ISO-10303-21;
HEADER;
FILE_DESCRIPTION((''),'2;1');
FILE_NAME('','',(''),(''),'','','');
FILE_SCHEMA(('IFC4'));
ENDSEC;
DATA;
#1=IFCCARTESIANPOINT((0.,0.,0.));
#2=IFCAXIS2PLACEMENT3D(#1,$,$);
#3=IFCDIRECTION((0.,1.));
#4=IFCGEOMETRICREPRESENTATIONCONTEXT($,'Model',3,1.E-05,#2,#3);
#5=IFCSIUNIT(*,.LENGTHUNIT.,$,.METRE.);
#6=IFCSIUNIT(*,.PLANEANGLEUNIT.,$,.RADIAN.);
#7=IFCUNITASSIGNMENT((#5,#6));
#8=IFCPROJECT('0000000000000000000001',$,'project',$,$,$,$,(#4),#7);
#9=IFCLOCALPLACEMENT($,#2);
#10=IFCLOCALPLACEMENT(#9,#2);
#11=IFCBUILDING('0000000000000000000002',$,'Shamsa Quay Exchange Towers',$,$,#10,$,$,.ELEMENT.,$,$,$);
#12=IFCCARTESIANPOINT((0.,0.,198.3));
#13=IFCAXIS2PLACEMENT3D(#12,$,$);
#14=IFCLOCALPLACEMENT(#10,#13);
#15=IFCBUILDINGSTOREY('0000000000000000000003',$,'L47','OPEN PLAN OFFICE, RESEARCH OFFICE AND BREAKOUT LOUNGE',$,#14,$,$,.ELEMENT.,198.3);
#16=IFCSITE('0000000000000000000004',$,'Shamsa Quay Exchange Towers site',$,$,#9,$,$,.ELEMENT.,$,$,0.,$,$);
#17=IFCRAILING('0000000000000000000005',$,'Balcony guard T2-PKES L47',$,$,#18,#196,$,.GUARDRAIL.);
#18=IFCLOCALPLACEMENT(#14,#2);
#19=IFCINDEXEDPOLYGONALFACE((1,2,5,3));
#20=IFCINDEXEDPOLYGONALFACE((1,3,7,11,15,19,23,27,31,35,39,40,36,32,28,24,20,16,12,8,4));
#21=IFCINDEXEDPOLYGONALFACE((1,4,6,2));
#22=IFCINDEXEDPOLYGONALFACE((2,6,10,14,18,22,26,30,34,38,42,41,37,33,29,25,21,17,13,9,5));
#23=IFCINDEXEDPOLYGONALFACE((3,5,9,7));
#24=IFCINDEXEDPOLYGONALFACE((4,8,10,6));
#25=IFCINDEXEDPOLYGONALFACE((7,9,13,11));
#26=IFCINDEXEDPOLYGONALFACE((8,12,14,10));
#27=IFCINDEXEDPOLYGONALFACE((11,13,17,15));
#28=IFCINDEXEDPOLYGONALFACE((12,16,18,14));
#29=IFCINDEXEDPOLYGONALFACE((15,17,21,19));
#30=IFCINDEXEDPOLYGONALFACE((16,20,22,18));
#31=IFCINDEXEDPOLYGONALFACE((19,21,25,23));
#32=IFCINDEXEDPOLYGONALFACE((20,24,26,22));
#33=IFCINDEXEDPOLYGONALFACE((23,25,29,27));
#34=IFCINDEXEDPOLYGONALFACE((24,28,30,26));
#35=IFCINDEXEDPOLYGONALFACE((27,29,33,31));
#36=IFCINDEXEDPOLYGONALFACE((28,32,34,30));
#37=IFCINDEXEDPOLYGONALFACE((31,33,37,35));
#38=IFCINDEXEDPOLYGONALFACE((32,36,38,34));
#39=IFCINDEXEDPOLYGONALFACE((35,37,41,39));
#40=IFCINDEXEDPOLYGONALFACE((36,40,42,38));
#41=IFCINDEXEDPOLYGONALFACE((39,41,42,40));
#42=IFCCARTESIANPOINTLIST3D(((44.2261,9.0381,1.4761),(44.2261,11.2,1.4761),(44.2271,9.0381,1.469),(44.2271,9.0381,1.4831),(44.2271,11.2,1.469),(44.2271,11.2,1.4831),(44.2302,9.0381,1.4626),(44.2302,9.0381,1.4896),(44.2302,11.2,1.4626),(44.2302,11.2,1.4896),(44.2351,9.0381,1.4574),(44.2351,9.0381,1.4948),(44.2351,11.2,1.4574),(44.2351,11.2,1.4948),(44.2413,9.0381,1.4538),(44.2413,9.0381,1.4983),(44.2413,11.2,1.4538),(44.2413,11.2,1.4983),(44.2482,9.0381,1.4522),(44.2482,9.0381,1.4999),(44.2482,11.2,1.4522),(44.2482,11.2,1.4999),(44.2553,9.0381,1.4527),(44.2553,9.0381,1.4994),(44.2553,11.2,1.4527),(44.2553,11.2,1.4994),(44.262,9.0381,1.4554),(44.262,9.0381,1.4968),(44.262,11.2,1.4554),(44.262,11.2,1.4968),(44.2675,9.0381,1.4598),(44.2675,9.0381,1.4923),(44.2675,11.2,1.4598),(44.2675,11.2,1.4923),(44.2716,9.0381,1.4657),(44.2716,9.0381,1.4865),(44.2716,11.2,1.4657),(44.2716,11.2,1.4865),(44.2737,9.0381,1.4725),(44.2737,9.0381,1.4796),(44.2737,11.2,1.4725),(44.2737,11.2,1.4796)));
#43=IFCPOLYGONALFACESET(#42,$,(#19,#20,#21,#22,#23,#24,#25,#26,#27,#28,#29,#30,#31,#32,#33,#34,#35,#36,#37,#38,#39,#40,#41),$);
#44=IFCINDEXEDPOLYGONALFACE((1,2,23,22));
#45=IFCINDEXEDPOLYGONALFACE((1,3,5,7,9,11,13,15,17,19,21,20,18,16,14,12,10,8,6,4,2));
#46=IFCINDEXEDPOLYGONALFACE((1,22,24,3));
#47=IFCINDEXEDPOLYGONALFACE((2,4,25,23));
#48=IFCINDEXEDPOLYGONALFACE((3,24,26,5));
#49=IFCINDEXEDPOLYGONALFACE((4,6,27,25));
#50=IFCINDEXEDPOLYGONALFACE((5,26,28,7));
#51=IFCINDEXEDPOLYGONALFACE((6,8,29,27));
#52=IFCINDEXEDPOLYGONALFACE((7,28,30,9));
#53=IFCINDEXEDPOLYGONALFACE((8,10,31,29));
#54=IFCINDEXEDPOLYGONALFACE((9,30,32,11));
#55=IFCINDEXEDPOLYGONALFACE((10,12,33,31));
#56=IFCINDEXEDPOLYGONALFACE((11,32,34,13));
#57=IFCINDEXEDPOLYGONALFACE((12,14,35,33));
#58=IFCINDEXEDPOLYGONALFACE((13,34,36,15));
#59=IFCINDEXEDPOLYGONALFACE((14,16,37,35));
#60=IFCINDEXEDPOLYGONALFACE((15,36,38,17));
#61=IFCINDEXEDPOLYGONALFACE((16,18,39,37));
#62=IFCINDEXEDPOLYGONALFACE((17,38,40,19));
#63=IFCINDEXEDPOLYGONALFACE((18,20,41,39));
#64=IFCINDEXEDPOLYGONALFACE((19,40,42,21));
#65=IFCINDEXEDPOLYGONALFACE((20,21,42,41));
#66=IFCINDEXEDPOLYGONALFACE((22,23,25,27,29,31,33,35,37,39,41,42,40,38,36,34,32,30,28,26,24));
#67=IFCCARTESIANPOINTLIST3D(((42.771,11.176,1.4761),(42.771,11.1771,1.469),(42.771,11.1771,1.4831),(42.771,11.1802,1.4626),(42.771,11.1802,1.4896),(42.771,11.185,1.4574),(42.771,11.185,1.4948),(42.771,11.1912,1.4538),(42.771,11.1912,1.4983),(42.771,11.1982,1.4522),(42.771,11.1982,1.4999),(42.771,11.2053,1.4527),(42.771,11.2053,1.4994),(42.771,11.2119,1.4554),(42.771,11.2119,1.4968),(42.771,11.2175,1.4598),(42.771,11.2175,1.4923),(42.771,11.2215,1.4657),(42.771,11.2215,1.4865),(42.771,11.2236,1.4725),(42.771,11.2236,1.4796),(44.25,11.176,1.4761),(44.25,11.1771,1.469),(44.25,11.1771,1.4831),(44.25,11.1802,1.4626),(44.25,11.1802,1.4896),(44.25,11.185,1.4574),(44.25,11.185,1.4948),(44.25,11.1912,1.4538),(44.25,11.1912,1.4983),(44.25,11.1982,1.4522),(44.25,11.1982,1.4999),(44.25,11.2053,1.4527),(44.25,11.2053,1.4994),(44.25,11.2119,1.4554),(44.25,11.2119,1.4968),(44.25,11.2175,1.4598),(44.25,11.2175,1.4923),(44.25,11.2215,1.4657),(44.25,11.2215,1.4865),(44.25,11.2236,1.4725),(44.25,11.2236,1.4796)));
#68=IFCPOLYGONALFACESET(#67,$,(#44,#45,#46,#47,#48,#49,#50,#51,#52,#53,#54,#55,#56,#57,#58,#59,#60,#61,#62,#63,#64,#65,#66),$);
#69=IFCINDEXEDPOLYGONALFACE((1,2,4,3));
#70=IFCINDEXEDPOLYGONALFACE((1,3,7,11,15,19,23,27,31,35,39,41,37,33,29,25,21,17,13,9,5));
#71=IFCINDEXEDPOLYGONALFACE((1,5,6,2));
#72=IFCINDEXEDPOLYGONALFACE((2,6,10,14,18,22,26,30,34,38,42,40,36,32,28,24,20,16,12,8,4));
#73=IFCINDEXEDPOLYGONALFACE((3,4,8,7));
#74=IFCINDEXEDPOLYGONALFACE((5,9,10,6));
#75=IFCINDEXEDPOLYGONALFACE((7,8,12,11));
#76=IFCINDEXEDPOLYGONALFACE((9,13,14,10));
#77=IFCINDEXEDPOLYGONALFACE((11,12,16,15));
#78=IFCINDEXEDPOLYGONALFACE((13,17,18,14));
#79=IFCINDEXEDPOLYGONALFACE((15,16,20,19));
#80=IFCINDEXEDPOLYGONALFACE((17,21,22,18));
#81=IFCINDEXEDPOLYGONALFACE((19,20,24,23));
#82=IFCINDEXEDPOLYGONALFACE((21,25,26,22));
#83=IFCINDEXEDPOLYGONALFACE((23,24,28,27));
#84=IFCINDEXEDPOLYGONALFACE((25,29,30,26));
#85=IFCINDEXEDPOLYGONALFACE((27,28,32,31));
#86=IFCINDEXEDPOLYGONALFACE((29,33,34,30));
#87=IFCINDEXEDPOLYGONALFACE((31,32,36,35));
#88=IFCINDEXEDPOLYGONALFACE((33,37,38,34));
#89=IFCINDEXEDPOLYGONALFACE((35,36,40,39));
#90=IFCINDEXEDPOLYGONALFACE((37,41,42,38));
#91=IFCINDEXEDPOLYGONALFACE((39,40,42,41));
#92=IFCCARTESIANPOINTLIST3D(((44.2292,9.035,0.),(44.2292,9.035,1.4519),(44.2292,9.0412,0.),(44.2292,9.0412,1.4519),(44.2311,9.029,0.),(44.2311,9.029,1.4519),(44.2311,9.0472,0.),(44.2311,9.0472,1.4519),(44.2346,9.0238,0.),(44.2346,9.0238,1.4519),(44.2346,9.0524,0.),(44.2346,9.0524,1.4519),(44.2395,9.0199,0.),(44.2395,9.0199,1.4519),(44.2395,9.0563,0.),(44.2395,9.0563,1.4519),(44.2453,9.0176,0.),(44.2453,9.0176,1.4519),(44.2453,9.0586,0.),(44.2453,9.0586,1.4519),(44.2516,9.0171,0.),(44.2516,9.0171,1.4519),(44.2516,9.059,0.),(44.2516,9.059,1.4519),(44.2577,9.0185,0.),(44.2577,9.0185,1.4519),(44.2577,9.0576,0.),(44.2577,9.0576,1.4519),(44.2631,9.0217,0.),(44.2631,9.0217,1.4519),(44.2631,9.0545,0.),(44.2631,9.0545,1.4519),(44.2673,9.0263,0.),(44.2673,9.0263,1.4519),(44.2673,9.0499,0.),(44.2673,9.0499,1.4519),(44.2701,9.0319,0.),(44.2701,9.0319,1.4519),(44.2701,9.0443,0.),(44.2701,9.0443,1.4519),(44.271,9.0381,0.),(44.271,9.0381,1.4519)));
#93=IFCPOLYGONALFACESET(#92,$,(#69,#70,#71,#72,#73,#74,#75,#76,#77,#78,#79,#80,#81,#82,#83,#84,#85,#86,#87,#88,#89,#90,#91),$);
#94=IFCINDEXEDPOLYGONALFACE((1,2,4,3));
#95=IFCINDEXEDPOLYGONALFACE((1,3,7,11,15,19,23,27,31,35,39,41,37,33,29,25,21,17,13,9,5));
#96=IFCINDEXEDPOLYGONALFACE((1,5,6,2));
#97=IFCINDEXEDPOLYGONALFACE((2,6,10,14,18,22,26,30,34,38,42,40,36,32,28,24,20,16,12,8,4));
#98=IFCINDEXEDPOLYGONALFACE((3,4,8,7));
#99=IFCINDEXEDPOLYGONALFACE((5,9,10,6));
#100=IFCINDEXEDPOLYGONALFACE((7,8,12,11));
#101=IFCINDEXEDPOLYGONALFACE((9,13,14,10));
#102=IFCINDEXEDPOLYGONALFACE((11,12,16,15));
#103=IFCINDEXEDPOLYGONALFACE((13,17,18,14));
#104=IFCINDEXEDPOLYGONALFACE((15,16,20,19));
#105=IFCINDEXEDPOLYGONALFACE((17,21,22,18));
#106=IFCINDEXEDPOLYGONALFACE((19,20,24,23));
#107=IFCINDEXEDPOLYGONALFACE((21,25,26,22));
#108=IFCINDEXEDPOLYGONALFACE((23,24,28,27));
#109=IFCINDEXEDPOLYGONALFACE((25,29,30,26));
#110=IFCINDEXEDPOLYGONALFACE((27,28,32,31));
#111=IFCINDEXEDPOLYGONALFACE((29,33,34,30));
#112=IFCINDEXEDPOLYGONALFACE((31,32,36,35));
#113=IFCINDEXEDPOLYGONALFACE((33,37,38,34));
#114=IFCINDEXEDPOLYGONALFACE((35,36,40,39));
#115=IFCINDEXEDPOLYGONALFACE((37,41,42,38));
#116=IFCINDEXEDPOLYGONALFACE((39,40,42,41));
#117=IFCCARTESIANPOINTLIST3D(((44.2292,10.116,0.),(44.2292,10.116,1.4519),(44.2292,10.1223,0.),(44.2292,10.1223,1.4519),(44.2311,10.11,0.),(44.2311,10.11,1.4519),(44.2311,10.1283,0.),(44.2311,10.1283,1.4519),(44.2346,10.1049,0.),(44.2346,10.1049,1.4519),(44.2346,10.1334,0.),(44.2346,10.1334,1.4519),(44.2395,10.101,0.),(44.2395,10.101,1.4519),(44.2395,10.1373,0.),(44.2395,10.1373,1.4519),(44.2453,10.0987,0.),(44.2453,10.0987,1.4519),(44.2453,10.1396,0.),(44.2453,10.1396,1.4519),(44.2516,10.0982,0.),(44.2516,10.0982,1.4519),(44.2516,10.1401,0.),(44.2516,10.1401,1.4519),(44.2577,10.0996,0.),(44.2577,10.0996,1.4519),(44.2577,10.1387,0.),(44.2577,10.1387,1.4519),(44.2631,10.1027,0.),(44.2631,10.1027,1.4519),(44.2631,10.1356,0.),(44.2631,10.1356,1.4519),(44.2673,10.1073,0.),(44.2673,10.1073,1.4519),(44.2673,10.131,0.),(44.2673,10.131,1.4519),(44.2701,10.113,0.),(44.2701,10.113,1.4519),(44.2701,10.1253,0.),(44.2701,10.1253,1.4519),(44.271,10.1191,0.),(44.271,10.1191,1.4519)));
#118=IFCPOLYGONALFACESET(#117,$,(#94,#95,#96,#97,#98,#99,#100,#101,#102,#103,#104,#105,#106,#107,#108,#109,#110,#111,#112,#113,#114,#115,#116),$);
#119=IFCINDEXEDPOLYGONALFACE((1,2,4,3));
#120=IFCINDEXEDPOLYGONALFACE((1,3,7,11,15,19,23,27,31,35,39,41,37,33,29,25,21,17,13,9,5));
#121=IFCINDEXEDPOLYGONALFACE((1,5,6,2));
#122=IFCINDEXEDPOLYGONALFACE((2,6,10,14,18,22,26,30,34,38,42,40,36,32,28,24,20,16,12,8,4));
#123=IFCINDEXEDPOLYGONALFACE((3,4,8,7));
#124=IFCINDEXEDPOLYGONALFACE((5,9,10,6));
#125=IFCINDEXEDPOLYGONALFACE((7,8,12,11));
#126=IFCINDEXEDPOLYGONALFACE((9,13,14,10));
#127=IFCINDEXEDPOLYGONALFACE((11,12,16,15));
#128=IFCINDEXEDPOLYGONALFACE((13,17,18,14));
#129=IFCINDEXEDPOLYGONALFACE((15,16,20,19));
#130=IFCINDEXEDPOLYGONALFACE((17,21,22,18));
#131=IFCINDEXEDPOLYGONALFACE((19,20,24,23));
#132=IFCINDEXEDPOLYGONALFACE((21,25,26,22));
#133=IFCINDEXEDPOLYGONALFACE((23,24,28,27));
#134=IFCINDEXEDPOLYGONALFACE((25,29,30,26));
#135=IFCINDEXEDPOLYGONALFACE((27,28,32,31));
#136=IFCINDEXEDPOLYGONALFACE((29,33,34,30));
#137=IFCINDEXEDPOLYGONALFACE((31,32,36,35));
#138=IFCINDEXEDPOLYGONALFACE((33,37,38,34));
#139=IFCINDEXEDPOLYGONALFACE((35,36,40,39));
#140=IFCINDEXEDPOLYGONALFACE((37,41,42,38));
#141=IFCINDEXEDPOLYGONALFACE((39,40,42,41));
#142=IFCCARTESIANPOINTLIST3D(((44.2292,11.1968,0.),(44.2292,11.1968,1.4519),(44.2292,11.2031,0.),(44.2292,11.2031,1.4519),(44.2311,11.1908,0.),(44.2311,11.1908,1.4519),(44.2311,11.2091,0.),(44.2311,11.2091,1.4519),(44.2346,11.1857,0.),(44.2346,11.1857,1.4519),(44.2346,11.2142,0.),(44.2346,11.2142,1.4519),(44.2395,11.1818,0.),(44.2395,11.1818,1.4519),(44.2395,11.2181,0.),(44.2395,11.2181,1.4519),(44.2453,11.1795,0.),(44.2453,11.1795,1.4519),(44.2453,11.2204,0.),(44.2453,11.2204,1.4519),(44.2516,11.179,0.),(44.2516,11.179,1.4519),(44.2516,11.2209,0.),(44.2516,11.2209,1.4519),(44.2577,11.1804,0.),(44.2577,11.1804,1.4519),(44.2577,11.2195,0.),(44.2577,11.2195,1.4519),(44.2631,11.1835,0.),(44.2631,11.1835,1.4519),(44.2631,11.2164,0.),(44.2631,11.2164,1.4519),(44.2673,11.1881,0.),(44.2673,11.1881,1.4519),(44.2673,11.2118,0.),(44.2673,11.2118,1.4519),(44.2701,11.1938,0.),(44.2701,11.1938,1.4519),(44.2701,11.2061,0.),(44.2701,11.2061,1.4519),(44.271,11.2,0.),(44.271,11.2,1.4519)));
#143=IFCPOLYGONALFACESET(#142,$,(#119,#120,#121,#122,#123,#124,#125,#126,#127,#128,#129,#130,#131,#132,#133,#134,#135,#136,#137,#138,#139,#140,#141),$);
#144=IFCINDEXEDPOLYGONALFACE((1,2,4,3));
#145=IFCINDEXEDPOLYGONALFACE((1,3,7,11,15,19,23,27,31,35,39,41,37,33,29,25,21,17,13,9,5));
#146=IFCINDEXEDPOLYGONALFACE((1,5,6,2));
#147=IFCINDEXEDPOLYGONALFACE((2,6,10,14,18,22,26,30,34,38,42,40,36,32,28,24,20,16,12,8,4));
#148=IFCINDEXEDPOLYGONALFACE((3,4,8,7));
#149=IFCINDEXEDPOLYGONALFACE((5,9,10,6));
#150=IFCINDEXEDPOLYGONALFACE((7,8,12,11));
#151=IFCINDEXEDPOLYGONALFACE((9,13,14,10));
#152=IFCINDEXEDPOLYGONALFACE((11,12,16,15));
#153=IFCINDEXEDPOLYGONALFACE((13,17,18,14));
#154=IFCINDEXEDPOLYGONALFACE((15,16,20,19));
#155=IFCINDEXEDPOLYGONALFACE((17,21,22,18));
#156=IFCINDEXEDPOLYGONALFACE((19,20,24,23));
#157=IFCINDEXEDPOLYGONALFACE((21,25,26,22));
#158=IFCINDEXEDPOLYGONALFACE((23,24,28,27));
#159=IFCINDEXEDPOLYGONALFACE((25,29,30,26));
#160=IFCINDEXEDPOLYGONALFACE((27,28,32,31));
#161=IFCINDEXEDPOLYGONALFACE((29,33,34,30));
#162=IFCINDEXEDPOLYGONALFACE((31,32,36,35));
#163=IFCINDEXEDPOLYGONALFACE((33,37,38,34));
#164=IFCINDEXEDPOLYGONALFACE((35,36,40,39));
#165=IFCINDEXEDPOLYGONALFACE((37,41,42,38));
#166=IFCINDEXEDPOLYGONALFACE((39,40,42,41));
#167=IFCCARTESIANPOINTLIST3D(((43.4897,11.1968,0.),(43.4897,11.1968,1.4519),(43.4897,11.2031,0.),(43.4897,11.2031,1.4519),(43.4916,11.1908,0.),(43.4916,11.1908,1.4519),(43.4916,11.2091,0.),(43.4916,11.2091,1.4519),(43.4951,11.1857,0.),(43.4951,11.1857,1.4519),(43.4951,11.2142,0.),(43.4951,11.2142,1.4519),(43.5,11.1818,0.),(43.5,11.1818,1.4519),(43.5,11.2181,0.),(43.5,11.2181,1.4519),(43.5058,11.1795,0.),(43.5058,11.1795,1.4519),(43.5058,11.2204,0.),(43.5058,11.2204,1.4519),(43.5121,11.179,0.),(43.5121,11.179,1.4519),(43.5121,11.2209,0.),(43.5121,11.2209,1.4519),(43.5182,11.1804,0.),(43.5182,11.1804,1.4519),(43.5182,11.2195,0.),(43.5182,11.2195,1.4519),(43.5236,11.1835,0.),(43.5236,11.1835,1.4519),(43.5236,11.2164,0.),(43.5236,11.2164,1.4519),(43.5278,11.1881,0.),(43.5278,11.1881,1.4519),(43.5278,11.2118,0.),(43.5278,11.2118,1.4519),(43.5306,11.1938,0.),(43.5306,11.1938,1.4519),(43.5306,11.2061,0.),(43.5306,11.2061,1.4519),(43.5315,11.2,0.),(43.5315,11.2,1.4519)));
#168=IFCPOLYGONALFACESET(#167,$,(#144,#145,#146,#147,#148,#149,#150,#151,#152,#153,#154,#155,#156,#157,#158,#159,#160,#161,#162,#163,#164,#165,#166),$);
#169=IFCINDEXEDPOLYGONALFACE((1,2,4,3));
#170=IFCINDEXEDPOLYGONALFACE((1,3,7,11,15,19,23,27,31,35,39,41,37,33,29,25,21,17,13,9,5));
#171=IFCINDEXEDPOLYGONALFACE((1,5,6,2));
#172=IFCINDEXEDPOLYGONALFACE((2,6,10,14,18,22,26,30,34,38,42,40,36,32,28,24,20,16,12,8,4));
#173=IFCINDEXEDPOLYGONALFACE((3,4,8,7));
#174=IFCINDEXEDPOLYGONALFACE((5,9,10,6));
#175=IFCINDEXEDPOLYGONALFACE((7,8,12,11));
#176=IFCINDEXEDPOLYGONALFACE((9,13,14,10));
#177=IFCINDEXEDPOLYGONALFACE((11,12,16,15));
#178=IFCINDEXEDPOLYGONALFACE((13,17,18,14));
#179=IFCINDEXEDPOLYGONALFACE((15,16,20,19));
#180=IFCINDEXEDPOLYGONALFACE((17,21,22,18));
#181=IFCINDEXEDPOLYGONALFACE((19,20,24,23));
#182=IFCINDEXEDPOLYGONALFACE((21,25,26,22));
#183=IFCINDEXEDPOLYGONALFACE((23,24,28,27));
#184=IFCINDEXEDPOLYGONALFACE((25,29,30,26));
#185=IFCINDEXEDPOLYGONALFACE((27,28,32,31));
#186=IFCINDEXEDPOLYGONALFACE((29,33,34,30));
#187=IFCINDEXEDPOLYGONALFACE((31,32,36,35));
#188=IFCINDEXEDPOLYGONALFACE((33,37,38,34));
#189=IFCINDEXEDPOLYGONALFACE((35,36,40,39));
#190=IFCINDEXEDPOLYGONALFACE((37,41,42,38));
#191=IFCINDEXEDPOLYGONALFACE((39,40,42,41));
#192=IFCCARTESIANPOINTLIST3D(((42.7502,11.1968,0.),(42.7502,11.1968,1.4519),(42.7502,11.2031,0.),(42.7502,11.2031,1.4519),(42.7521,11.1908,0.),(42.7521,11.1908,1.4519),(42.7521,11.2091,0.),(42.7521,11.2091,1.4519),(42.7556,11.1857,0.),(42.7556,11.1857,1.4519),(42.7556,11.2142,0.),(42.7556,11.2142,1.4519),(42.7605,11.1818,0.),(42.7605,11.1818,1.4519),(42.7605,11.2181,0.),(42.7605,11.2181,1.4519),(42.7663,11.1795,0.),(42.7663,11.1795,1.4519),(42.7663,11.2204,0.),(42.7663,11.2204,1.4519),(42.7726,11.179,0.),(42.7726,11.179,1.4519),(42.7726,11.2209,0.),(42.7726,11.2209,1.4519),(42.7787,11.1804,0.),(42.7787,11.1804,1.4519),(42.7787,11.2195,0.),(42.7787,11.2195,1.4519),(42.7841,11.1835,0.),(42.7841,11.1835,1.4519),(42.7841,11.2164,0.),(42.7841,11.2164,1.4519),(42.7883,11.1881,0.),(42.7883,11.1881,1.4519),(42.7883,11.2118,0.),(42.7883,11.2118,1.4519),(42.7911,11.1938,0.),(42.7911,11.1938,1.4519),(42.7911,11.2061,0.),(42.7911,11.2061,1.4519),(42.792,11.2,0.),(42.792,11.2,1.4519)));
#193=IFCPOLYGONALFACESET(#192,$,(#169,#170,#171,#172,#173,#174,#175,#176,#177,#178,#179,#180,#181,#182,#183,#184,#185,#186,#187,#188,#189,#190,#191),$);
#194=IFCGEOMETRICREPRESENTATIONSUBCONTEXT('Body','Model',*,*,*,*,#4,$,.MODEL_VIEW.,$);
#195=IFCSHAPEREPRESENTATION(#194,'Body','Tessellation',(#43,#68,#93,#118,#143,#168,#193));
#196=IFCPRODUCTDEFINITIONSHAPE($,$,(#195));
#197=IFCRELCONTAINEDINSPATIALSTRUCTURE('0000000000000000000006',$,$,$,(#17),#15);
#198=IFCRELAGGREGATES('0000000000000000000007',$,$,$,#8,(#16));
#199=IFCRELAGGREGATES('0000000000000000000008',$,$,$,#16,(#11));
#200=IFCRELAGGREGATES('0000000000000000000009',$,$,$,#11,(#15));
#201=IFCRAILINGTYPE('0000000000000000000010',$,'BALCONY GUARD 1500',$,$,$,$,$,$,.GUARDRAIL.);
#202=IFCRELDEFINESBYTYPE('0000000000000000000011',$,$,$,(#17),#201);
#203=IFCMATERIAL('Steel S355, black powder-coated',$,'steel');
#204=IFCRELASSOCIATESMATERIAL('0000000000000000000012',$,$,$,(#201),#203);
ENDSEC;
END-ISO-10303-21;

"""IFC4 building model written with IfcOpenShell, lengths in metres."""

from ifc_helpers import new_model, si_unit, direction, frame, origin, origin_2d, place, context, subcontext, project, spatial, circle, extrude, material, type_object, element, save


model = new_model("IFC4")

# Units and contexts
model_context = context("Model", 3, precision=1e-05, world=origin(), true_north=direction((0.0, 1.0)))
body_context = subcontext(model_context, "Body", "Model", "MODEL_VIEW")
ifc_project = project(units=[si_unit("LENGTHUNIT", "METRE"), si_unit("PLANEANGLEUNIT", "RADIAN")], contexts=[model_context])

# Site, building, storey
site_placement = place(None, origin())
site = spatial("IfcSite", under=ifc_project, at=site_placement, Name="Shamsa Quay Exchange Towers site", CompositionType="ELEMENT", RefElevation=0.0)
building_placement = place(site_placement, origin())
building = spatial("IfcBuilding", under=site, at=building_placement, Name="Shamsa Quay Exchange Towers", CompositionType="ELEMENT")
storey_placement = place(building_placement, frame((0.0, 0.0, 198.3)))
storey = spatial("IfcBuildingStorey", under=building, at=storey_placement, Name="L47", Description="OPEN PLAN OFFICE, RESEARCH OFFICE AND BREAKOUT LOUNGE", CompositionType="ELEMENT", Elevation=198.3)

# Railing
ifc_material_1 = material(Name="Steel S355, black powder-coated", Category="steel")
railing_type_1 = type_object("IfcRailingType", Name="BALCONY GUARD 1500", PredefinedType="GUARDRAIL", material=ifc_material_1)
for number, where, name in (
    (1, (44.25, 9.0381, 0.0), "Balcony guard T2-PKES L47"),
):
    element("IfcRailing", number, at=place(storey_placement, frame(where)), inside=storey, type_object=railing_type_1, Name=name, PredefinedType="GUARDRAIL", context=body_context, shape_type="SweptSolid", body=[
        extrude(circle(Radius=0.0239, at=origin_2d()), frame((0.0, 0.0, 1.4761), z_axis=(0.0, 1.0, 0.0), x_axis=(-1.0, 0.0, 0.0)), (0.0, 0.0, 1.0), 2.1619),
        extrude(circle(Radius=0.0239, at=origin_2d()), frame((0.0, 2.1619, 1.4761), z_axis=(-1.0, 0.0, 0.0), x_axis=(0.0, -1.0, 0.0)), (0.0, 0.0, 1.0), 1.479),
        extrude(circle(Radius=0.021, at=origin_2d()), origin(), (0.0, 0.0, 1.0), 1.4519),
        extrude(circle(Radius=0.021, at=origin_2d()), frame((0.0, 1.0811, 0.0)), (0.0, 0.0, 1.0), 1.4519),
        extrude(circle(Radius=0.021, at=origin_2d()), frame((0.0, 2.1619, 0.0)), (0.0, 0.0, 1.0), 1.4519),
        extrude(circle(Radius=0.021, at=origin_2d()), frame((-0.7395, 2.1619, 0.0)), (0.0, 0.0, 1.0), 1.4519),
        extrude(circle(Radius=0.021, at=origin_2d()), frame((-1.479, 2.1619, 0.0)), (0.0, 0.0, 1.0), 1.4519),
    ])

save(model, "model.ifc")
